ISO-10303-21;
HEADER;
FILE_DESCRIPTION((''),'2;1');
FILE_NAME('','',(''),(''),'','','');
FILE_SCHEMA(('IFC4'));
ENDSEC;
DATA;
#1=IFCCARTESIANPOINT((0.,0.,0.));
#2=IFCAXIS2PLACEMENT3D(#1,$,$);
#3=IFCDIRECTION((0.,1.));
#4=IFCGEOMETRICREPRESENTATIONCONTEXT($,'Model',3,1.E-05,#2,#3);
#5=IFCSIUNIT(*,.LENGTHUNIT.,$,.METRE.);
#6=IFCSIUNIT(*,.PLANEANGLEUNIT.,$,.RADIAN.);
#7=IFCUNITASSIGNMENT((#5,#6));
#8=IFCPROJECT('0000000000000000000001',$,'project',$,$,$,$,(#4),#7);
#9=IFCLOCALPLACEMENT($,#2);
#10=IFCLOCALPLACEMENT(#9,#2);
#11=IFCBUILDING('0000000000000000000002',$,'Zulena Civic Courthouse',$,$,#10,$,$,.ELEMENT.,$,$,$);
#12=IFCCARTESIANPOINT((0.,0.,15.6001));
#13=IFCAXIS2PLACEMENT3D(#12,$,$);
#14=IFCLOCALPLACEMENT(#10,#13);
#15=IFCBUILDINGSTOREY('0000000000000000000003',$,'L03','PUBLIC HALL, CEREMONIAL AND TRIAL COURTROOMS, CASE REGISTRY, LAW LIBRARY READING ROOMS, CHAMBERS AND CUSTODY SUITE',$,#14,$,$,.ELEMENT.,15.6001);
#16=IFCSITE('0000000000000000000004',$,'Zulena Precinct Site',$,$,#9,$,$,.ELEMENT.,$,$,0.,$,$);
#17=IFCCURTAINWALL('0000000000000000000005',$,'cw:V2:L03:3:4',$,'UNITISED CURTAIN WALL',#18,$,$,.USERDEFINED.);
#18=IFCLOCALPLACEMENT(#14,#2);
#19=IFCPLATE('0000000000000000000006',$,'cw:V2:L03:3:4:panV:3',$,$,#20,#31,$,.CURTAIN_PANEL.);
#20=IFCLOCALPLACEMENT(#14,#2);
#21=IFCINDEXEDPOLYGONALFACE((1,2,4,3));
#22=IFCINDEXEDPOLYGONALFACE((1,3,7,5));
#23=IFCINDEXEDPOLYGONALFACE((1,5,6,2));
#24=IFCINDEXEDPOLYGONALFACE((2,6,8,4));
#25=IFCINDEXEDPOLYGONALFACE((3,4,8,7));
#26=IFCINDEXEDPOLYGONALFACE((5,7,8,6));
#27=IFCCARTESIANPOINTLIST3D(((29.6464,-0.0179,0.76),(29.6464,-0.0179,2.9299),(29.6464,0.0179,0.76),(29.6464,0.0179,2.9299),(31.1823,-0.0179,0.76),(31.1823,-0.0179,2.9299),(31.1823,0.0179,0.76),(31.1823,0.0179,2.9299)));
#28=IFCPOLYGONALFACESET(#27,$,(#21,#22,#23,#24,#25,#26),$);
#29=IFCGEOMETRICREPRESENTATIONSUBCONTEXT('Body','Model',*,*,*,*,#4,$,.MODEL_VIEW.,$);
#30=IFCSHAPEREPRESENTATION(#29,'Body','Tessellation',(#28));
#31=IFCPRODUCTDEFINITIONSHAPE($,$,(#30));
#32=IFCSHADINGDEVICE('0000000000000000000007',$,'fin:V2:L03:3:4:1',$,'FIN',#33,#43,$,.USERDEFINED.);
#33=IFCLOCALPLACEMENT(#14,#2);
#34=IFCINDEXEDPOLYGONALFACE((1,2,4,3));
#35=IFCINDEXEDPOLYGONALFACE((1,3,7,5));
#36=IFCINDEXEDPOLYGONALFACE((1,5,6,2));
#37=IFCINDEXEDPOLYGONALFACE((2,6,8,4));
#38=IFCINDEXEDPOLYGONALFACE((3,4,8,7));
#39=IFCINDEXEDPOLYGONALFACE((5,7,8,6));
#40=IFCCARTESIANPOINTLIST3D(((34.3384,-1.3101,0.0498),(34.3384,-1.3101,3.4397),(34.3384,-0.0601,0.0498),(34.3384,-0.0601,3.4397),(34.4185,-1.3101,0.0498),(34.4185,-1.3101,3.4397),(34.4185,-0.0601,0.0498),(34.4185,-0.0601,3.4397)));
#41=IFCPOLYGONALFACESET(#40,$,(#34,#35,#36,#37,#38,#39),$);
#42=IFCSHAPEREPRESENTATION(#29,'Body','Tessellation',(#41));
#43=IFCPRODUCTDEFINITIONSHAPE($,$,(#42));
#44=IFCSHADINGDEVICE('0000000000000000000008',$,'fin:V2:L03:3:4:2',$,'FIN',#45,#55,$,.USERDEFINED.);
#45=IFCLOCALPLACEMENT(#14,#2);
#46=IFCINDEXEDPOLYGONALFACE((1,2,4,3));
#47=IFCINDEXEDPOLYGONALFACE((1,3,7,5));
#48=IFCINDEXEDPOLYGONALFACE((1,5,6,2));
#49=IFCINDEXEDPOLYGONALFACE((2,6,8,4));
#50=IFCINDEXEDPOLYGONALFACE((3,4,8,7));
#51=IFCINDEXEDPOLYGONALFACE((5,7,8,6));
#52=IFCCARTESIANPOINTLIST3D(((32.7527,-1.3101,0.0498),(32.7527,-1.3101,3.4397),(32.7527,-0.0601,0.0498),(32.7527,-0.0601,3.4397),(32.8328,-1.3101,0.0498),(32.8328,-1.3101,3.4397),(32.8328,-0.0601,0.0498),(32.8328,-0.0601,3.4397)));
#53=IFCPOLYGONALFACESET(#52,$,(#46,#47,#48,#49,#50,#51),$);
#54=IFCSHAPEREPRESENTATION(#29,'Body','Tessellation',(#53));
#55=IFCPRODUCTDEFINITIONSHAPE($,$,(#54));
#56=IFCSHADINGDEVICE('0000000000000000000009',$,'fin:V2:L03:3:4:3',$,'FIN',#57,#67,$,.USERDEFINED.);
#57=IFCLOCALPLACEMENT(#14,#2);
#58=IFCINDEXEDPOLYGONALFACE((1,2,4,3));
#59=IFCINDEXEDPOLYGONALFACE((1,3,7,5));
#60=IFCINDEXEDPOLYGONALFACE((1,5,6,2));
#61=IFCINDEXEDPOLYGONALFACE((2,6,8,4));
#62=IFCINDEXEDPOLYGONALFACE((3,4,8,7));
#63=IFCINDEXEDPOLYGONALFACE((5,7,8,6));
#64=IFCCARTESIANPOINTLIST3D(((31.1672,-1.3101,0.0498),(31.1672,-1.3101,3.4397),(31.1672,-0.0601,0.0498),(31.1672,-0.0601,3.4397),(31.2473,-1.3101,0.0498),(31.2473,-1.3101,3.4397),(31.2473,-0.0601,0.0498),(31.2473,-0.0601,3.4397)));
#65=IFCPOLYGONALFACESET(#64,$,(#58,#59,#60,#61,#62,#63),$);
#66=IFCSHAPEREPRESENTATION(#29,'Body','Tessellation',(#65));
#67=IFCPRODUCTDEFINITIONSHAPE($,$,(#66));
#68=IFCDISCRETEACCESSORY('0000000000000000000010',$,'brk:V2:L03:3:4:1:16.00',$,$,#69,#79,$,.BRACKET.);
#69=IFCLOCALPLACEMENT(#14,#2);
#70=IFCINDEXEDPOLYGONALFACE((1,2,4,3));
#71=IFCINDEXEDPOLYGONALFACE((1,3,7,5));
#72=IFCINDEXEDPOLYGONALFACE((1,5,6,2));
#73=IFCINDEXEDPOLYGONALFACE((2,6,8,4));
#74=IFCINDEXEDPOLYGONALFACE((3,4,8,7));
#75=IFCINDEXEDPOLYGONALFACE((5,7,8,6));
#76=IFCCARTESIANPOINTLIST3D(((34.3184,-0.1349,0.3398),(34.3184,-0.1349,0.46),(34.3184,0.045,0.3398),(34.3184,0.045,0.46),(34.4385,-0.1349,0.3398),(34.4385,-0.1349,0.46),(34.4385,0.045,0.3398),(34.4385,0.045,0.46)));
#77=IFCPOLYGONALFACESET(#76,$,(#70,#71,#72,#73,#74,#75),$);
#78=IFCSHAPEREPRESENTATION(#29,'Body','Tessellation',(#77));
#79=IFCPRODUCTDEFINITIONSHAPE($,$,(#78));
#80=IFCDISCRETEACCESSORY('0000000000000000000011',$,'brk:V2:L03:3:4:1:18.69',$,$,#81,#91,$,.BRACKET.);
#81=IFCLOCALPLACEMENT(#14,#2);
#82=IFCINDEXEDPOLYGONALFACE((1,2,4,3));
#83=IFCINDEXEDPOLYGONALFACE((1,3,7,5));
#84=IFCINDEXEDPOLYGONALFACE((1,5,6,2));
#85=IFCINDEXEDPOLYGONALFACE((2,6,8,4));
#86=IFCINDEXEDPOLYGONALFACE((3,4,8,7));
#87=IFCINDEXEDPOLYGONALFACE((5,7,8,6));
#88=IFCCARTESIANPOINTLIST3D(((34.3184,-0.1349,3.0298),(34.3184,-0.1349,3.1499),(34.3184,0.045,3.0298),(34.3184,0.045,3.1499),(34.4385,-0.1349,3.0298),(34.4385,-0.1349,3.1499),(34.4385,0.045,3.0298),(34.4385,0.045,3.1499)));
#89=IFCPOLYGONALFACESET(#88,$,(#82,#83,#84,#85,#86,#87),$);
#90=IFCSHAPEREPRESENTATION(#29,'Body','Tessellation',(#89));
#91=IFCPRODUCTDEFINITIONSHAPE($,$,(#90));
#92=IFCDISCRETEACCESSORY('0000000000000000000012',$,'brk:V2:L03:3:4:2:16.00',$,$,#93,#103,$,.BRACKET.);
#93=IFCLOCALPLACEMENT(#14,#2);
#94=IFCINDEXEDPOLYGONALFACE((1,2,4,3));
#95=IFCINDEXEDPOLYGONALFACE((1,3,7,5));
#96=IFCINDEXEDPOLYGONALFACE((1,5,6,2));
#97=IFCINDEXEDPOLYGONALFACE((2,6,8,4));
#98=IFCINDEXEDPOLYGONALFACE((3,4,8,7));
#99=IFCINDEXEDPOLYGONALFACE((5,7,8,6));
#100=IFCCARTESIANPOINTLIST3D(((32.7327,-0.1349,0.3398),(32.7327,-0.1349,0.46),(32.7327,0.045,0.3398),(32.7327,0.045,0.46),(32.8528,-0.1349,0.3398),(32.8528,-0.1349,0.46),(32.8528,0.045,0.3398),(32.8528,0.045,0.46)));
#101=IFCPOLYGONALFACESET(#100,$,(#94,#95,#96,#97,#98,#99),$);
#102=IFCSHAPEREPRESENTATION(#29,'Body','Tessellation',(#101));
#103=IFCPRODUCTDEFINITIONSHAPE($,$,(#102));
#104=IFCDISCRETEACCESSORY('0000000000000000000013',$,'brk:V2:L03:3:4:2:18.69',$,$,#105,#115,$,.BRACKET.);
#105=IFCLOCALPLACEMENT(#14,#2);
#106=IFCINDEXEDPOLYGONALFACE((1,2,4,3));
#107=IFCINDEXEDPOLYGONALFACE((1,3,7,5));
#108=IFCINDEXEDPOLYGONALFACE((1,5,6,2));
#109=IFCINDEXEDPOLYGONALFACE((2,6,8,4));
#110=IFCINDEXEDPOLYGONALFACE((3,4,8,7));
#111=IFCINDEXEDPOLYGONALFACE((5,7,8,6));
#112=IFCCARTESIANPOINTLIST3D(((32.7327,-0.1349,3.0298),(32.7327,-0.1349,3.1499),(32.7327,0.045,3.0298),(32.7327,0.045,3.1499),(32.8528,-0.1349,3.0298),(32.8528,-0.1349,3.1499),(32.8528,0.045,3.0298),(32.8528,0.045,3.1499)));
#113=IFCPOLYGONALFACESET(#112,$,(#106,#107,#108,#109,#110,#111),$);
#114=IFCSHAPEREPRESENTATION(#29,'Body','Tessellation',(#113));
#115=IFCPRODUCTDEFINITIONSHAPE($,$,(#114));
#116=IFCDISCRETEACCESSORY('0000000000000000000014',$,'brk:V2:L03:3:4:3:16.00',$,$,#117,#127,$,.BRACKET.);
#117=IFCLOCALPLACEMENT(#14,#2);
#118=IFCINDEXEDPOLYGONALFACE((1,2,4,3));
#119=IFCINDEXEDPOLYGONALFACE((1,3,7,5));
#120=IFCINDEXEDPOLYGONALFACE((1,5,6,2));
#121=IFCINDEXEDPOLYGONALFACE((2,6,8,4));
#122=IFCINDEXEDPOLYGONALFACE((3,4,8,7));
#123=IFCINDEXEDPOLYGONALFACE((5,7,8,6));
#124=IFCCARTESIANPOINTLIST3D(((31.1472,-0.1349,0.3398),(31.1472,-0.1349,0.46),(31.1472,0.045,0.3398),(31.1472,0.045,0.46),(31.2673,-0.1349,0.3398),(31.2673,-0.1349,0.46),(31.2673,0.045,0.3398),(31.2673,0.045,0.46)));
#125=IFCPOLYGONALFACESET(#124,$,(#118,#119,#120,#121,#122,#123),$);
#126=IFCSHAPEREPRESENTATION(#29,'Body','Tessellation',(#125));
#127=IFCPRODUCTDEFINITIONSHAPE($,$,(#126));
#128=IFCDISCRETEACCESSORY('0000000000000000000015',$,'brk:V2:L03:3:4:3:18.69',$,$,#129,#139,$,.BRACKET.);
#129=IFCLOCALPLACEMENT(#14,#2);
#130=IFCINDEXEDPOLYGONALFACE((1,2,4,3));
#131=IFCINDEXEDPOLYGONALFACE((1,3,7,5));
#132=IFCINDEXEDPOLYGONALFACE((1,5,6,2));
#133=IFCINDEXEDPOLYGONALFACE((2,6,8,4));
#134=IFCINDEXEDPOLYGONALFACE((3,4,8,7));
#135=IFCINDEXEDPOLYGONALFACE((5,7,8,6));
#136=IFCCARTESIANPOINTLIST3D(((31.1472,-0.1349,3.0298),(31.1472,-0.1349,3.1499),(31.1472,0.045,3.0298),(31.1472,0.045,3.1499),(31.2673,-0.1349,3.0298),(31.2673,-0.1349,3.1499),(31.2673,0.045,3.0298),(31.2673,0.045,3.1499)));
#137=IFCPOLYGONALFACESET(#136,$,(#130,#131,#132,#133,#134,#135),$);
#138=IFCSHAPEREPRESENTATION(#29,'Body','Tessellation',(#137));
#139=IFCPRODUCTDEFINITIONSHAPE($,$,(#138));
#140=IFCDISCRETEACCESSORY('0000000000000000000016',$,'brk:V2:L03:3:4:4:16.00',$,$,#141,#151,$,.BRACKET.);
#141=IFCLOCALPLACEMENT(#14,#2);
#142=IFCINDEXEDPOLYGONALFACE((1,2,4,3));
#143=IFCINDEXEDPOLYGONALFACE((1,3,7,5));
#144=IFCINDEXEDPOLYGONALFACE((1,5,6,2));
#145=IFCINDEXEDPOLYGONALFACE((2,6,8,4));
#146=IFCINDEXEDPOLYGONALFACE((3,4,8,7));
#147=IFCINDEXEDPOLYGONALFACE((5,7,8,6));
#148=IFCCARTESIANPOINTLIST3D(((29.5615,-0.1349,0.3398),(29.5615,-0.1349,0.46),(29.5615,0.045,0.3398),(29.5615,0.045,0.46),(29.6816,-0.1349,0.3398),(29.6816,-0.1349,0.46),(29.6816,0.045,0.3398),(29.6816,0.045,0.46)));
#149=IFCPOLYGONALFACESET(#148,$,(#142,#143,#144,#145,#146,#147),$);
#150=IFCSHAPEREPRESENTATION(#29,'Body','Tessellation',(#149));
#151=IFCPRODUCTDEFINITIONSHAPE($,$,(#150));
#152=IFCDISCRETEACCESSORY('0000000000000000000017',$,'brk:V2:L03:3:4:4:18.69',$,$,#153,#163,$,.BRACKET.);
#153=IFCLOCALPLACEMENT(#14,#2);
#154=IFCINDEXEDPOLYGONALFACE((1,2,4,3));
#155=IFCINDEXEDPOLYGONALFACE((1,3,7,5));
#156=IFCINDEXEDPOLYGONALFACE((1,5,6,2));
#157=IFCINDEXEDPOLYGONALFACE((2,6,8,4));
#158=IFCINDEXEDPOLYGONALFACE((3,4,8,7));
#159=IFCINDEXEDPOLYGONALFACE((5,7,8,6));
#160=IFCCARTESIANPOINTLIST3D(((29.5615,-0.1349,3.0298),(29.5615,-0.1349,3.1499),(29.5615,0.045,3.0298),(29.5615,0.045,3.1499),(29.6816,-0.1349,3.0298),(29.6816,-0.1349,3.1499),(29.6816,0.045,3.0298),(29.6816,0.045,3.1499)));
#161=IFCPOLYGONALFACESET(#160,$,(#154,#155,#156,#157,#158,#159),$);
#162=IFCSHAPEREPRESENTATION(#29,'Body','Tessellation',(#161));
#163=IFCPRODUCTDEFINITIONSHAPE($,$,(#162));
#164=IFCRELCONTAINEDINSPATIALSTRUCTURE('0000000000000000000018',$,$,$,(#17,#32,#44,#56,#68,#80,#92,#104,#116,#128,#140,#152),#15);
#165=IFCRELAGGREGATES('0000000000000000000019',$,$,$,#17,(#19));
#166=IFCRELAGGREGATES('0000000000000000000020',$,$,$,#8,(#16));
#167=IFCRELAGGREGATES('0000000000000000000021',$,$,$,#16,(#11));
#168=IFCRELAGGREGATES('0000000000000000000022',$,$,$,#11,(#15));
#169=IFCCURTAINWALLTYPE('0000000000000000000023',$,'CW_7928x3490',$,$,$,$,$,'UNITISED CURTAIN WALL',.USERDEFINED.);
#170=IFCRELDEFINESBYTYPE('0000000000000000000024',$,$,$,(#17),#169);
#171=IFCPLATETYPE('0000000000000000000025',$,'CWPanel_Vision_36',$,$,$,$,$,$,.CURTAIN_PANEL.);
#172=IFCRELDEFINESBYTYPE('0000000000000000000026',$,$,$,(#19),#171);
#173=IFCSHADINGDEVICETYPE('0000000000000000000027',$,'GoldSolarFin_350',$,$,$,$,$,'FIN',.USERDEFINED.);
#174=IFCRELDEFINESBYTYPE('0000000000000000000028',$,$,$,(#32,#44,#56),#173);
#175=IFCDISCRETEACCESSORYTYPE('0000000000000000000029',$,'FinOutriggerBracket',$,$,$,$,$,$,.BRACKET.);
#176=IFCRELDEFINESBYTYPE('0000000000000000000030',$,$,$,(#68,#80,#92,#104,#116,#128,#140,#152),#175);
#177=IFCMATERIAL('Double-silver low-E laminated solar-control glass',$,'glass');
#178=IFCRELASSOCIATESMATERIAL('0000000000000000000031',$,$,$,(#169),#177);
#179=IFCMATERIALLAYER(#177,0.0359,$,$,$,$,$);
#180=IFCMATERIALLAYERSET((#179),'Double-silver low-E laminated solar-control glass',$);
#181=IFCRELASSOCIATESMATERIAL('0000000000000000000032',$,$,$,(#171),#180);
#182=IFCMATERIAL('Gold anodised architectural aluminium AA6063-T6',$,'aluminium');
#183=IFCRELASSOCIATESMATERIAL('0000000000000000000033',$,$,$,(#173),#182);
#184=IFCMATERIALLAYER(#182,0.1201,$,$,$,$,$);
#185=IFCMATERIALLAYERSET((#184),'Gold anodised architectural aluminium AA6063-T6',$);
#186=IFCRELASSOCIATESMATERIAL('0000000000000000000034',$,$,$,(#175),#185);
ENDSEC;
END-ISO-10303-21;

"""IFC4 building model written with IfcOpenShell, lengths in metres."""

from ifc_helpers import new_model, si_unit, direction, frame, origin, origin_2d, place, context, subcontext, project, spatial, rectangle, extrude, material, layer, layer_set, type_object, element, aggregate, save


model = new_model("IFC4")

# Units and contexts
model_context = context("Model", 3, precision=1e-05, world=origin(), true_north=direction((0.0, 1.0)))
body_context = subcontext(model_context, "Body", "Model", "MODEL_VIEW")
ifc_project = project(units=[si_unit("LENGTHUNIT", "METRE"), si_unit("PLANEANGLEUNIT", "RADIAN")], contexts=[model_context])

# Site, building, storey
site_placement = place(None, origin())
site = spatial("IfcSite", under=ifc_project, at=site_placement, Name="Zulena Precinct Site", CompositionType="ELEMENT", RefElevation=0.0)
building_placement = place(site_placement, origin())
building = spatial("IfcBuilding", under=site, at=building_placement, Name="Zulena Civic Courthouse", CompositionType="ELEMENT")
storey_placement = place(building_placement, frame((0.0, 0.0, 15.6001)))
storey = spatial("IfcBuildingStorey", under=building, at=storey_placement, Name="L03", Description="PUBLIC HALL, CEREMONIAL AND TRIAL COURTROOMS, CASE REGISTRY, LAW LIBRARY READING ROOMS, CHAMBERS AND CUSTODY SUITE", CompositionType="ELEMENT", Elevation=15.6001)

# Shared definitions
ifc_material_1 = material(Name="Double-silver low-E laminated solar-control glass", Category="glass")
curtain_wall_type = type_object("IfcCurtainWallType", Name="CW_7928x3490", ElementType="UNITISED CURTAIN WALL", PredefinedType="USERDEFINED", material=ifc_material_1)

# Curtain wall
curtain_wall_1_placement = place(storey_placement, origin())
curtain_wall_1 = element("IfcCurtainWall", 1, at=curtain_wall_1_placement, inside=storey, type_object=curtain_wall_type, Name="cw:V2:L03:3:4", ObjectType="UNITISED CURTAIN WALL", PredefinedType="USERDEFINED")

# Plate
ifc_layer_1 = layer(ifc_material_1, 0.0359)
ifc_layer_set_1 = layer_set([ifc_layer_1], Name="Double-silver low-E laminated solar-control glass")
plate_type_1 = type_object("IfcPlateType", Name="CWPanel_Vision_36", PredefinedType="CURTAIN_PANEL", material=ifc_layer_set_1)
plate_1_placement = place(storey_placement, frame((30.4143, 0.0, 0.76), z_axis=(0.0, 0.0, 1.0), x_axis=(-1.0, 0.0, 0.0)))
plate_1 = element("IfcPlate", 2, at=plate_1_placement, type_object=plate_type_1, Name="cw:V2:L03:3:4:panV:3", PredefinedType="CURTAIN_PANEL", context=body_context, shape_type="SweptSolid", body=[
    extrude(rectangle(XDim=1.5359, YDim=0.0359, at=origin_2d()), origin(), (0.0, 0.0, 1.0), 2.1699),
])
aggregate(curtain_wall_1, [plate_1])

# Shading devices
ifc_material_2 = material(Name="Gold anodised architectural aluminium AA6063-T6", Category="aluminium")
shading_device_type = type_object("IfcShadingDeviceType", Name="GoldSolarFin_350", ElementType="FIN", PredefinedType="USERDEFINED", material=ifc_material_2)
for number, where, z_axis, x_axis, name in (
    (3, (34.3784, -0.6851, 0.0498), (0.0, 0.0, 1.0), (0.0, -1.0, 0.0), "fin:V2:L03:3:4:1"),
    (4, (32.7927, -0.6851, 0.0498), (0.0, 0.0, 1.0), (0.0, -1.0, 0.0), "fin:V2:L03:3:4:2"),
    (5, (31.2073, -0.6851, 0.0498), (0.0, 0.0, 1.0), (0.0, -1.0, 0.0), "fin:V2:L03:3:4:3"),
):
    element("IfcShadingDevice", number, at=place(storey_placement, frame(where, z_axis=z_axis, x_axis=x_axis)), inside=storey, type_object=shading_device_type, Name=name, ObjectType="FIN", PredefinedType="USERDEFINED", context=body_context, shape_type="SweptSolid", body=[
        extrude(rectangle(XDim=1.25, YDim=0.0801, at=origin_2d()), origin(), (0.0, 0.0, 1.0), 3.3899),
    ])

# Discrete accessories
ifc_layer_2 = layer(ifc_material_2, 0.1201)
ifc_layer_set_2 = layer_set([ifc_layer_2], Name="Gold anodised architectural aluminium AA6063-T6")
discrete_accessory_type = type_object("IfcDiscreteAccessoryType", Name="FinOutriggerBracket", PredefinedType="BRACKET", material=ifc_layer_set_2)
for number, where, z_axis, x_axis, name in (
    (6, (34.3784, -0.0449, 0.3398), (0.0, 0.0, 1.0), (0.0, -1.0, 0.0), "brk:V2:L03:3:4:1:16.00"),
    (7, (34.3784, -0.0449, 3.0298), (0.0, 0.0, 1.0), (0.0, -1.0, 0.0), "brk:V2:L03:3:4:1:18.69"),
    (8, (32.7927, -0.0449, 0.3398), (0.0, 0.0, 1.0), (0.0, -1.0, 0.0), "brk:V2:L03:3:4:2:16.00"),
    (9, (32.7927, -0.0449, 3.0298), (0.0, 0.0, 1.0), (0.0, -1.0, 0.0), "brk:V2:L03:3:4:2:18.69"),
    (10, (31.2073, -0.0449, 0.3398), (0.0, 0.0, 1.0), (0.0, -1.0, 0.0), "brk:V2:L03:3:4:3:16.00"),
    (11, (31.2073, -0.0449, 3.0298), (0.0, 0.0, 1.0), (0.0, -1.0, 0.0), "brk:V2:L03:3:4:3:18.69"),
    (12, (29.6216, -0.0449, 0.3398), (0.0, 0.0, 1.0), (0.0, -1.0, 0.0), "brk:V2:L03:3:4:4:16.00"),
    (13, (29.6216, -0.0449, 3.0298), (0.0, 0.0, 1.0), (0.0, -1.0, 0.0), "brk:V2:L03:3:4:4:18.69"),
):
    element("IfcDiscreteAccessory", number, at=place(storey_placement, frame(where, z_axis=z_axis, x_axis=x_axis)), inside=storey, type_object=discrete_accessory_type, Name=name, PredefinedType="BRACKET", context=body_context, shape_type="SweptSolid", body=[
        extrude(rectangle(XDim=0.1799, YDim=0.1201, at=origin_2d()), origin(), (0.0, 0.0, 1.0), 0.1201),
    ])

save(model, "model.ifc")
